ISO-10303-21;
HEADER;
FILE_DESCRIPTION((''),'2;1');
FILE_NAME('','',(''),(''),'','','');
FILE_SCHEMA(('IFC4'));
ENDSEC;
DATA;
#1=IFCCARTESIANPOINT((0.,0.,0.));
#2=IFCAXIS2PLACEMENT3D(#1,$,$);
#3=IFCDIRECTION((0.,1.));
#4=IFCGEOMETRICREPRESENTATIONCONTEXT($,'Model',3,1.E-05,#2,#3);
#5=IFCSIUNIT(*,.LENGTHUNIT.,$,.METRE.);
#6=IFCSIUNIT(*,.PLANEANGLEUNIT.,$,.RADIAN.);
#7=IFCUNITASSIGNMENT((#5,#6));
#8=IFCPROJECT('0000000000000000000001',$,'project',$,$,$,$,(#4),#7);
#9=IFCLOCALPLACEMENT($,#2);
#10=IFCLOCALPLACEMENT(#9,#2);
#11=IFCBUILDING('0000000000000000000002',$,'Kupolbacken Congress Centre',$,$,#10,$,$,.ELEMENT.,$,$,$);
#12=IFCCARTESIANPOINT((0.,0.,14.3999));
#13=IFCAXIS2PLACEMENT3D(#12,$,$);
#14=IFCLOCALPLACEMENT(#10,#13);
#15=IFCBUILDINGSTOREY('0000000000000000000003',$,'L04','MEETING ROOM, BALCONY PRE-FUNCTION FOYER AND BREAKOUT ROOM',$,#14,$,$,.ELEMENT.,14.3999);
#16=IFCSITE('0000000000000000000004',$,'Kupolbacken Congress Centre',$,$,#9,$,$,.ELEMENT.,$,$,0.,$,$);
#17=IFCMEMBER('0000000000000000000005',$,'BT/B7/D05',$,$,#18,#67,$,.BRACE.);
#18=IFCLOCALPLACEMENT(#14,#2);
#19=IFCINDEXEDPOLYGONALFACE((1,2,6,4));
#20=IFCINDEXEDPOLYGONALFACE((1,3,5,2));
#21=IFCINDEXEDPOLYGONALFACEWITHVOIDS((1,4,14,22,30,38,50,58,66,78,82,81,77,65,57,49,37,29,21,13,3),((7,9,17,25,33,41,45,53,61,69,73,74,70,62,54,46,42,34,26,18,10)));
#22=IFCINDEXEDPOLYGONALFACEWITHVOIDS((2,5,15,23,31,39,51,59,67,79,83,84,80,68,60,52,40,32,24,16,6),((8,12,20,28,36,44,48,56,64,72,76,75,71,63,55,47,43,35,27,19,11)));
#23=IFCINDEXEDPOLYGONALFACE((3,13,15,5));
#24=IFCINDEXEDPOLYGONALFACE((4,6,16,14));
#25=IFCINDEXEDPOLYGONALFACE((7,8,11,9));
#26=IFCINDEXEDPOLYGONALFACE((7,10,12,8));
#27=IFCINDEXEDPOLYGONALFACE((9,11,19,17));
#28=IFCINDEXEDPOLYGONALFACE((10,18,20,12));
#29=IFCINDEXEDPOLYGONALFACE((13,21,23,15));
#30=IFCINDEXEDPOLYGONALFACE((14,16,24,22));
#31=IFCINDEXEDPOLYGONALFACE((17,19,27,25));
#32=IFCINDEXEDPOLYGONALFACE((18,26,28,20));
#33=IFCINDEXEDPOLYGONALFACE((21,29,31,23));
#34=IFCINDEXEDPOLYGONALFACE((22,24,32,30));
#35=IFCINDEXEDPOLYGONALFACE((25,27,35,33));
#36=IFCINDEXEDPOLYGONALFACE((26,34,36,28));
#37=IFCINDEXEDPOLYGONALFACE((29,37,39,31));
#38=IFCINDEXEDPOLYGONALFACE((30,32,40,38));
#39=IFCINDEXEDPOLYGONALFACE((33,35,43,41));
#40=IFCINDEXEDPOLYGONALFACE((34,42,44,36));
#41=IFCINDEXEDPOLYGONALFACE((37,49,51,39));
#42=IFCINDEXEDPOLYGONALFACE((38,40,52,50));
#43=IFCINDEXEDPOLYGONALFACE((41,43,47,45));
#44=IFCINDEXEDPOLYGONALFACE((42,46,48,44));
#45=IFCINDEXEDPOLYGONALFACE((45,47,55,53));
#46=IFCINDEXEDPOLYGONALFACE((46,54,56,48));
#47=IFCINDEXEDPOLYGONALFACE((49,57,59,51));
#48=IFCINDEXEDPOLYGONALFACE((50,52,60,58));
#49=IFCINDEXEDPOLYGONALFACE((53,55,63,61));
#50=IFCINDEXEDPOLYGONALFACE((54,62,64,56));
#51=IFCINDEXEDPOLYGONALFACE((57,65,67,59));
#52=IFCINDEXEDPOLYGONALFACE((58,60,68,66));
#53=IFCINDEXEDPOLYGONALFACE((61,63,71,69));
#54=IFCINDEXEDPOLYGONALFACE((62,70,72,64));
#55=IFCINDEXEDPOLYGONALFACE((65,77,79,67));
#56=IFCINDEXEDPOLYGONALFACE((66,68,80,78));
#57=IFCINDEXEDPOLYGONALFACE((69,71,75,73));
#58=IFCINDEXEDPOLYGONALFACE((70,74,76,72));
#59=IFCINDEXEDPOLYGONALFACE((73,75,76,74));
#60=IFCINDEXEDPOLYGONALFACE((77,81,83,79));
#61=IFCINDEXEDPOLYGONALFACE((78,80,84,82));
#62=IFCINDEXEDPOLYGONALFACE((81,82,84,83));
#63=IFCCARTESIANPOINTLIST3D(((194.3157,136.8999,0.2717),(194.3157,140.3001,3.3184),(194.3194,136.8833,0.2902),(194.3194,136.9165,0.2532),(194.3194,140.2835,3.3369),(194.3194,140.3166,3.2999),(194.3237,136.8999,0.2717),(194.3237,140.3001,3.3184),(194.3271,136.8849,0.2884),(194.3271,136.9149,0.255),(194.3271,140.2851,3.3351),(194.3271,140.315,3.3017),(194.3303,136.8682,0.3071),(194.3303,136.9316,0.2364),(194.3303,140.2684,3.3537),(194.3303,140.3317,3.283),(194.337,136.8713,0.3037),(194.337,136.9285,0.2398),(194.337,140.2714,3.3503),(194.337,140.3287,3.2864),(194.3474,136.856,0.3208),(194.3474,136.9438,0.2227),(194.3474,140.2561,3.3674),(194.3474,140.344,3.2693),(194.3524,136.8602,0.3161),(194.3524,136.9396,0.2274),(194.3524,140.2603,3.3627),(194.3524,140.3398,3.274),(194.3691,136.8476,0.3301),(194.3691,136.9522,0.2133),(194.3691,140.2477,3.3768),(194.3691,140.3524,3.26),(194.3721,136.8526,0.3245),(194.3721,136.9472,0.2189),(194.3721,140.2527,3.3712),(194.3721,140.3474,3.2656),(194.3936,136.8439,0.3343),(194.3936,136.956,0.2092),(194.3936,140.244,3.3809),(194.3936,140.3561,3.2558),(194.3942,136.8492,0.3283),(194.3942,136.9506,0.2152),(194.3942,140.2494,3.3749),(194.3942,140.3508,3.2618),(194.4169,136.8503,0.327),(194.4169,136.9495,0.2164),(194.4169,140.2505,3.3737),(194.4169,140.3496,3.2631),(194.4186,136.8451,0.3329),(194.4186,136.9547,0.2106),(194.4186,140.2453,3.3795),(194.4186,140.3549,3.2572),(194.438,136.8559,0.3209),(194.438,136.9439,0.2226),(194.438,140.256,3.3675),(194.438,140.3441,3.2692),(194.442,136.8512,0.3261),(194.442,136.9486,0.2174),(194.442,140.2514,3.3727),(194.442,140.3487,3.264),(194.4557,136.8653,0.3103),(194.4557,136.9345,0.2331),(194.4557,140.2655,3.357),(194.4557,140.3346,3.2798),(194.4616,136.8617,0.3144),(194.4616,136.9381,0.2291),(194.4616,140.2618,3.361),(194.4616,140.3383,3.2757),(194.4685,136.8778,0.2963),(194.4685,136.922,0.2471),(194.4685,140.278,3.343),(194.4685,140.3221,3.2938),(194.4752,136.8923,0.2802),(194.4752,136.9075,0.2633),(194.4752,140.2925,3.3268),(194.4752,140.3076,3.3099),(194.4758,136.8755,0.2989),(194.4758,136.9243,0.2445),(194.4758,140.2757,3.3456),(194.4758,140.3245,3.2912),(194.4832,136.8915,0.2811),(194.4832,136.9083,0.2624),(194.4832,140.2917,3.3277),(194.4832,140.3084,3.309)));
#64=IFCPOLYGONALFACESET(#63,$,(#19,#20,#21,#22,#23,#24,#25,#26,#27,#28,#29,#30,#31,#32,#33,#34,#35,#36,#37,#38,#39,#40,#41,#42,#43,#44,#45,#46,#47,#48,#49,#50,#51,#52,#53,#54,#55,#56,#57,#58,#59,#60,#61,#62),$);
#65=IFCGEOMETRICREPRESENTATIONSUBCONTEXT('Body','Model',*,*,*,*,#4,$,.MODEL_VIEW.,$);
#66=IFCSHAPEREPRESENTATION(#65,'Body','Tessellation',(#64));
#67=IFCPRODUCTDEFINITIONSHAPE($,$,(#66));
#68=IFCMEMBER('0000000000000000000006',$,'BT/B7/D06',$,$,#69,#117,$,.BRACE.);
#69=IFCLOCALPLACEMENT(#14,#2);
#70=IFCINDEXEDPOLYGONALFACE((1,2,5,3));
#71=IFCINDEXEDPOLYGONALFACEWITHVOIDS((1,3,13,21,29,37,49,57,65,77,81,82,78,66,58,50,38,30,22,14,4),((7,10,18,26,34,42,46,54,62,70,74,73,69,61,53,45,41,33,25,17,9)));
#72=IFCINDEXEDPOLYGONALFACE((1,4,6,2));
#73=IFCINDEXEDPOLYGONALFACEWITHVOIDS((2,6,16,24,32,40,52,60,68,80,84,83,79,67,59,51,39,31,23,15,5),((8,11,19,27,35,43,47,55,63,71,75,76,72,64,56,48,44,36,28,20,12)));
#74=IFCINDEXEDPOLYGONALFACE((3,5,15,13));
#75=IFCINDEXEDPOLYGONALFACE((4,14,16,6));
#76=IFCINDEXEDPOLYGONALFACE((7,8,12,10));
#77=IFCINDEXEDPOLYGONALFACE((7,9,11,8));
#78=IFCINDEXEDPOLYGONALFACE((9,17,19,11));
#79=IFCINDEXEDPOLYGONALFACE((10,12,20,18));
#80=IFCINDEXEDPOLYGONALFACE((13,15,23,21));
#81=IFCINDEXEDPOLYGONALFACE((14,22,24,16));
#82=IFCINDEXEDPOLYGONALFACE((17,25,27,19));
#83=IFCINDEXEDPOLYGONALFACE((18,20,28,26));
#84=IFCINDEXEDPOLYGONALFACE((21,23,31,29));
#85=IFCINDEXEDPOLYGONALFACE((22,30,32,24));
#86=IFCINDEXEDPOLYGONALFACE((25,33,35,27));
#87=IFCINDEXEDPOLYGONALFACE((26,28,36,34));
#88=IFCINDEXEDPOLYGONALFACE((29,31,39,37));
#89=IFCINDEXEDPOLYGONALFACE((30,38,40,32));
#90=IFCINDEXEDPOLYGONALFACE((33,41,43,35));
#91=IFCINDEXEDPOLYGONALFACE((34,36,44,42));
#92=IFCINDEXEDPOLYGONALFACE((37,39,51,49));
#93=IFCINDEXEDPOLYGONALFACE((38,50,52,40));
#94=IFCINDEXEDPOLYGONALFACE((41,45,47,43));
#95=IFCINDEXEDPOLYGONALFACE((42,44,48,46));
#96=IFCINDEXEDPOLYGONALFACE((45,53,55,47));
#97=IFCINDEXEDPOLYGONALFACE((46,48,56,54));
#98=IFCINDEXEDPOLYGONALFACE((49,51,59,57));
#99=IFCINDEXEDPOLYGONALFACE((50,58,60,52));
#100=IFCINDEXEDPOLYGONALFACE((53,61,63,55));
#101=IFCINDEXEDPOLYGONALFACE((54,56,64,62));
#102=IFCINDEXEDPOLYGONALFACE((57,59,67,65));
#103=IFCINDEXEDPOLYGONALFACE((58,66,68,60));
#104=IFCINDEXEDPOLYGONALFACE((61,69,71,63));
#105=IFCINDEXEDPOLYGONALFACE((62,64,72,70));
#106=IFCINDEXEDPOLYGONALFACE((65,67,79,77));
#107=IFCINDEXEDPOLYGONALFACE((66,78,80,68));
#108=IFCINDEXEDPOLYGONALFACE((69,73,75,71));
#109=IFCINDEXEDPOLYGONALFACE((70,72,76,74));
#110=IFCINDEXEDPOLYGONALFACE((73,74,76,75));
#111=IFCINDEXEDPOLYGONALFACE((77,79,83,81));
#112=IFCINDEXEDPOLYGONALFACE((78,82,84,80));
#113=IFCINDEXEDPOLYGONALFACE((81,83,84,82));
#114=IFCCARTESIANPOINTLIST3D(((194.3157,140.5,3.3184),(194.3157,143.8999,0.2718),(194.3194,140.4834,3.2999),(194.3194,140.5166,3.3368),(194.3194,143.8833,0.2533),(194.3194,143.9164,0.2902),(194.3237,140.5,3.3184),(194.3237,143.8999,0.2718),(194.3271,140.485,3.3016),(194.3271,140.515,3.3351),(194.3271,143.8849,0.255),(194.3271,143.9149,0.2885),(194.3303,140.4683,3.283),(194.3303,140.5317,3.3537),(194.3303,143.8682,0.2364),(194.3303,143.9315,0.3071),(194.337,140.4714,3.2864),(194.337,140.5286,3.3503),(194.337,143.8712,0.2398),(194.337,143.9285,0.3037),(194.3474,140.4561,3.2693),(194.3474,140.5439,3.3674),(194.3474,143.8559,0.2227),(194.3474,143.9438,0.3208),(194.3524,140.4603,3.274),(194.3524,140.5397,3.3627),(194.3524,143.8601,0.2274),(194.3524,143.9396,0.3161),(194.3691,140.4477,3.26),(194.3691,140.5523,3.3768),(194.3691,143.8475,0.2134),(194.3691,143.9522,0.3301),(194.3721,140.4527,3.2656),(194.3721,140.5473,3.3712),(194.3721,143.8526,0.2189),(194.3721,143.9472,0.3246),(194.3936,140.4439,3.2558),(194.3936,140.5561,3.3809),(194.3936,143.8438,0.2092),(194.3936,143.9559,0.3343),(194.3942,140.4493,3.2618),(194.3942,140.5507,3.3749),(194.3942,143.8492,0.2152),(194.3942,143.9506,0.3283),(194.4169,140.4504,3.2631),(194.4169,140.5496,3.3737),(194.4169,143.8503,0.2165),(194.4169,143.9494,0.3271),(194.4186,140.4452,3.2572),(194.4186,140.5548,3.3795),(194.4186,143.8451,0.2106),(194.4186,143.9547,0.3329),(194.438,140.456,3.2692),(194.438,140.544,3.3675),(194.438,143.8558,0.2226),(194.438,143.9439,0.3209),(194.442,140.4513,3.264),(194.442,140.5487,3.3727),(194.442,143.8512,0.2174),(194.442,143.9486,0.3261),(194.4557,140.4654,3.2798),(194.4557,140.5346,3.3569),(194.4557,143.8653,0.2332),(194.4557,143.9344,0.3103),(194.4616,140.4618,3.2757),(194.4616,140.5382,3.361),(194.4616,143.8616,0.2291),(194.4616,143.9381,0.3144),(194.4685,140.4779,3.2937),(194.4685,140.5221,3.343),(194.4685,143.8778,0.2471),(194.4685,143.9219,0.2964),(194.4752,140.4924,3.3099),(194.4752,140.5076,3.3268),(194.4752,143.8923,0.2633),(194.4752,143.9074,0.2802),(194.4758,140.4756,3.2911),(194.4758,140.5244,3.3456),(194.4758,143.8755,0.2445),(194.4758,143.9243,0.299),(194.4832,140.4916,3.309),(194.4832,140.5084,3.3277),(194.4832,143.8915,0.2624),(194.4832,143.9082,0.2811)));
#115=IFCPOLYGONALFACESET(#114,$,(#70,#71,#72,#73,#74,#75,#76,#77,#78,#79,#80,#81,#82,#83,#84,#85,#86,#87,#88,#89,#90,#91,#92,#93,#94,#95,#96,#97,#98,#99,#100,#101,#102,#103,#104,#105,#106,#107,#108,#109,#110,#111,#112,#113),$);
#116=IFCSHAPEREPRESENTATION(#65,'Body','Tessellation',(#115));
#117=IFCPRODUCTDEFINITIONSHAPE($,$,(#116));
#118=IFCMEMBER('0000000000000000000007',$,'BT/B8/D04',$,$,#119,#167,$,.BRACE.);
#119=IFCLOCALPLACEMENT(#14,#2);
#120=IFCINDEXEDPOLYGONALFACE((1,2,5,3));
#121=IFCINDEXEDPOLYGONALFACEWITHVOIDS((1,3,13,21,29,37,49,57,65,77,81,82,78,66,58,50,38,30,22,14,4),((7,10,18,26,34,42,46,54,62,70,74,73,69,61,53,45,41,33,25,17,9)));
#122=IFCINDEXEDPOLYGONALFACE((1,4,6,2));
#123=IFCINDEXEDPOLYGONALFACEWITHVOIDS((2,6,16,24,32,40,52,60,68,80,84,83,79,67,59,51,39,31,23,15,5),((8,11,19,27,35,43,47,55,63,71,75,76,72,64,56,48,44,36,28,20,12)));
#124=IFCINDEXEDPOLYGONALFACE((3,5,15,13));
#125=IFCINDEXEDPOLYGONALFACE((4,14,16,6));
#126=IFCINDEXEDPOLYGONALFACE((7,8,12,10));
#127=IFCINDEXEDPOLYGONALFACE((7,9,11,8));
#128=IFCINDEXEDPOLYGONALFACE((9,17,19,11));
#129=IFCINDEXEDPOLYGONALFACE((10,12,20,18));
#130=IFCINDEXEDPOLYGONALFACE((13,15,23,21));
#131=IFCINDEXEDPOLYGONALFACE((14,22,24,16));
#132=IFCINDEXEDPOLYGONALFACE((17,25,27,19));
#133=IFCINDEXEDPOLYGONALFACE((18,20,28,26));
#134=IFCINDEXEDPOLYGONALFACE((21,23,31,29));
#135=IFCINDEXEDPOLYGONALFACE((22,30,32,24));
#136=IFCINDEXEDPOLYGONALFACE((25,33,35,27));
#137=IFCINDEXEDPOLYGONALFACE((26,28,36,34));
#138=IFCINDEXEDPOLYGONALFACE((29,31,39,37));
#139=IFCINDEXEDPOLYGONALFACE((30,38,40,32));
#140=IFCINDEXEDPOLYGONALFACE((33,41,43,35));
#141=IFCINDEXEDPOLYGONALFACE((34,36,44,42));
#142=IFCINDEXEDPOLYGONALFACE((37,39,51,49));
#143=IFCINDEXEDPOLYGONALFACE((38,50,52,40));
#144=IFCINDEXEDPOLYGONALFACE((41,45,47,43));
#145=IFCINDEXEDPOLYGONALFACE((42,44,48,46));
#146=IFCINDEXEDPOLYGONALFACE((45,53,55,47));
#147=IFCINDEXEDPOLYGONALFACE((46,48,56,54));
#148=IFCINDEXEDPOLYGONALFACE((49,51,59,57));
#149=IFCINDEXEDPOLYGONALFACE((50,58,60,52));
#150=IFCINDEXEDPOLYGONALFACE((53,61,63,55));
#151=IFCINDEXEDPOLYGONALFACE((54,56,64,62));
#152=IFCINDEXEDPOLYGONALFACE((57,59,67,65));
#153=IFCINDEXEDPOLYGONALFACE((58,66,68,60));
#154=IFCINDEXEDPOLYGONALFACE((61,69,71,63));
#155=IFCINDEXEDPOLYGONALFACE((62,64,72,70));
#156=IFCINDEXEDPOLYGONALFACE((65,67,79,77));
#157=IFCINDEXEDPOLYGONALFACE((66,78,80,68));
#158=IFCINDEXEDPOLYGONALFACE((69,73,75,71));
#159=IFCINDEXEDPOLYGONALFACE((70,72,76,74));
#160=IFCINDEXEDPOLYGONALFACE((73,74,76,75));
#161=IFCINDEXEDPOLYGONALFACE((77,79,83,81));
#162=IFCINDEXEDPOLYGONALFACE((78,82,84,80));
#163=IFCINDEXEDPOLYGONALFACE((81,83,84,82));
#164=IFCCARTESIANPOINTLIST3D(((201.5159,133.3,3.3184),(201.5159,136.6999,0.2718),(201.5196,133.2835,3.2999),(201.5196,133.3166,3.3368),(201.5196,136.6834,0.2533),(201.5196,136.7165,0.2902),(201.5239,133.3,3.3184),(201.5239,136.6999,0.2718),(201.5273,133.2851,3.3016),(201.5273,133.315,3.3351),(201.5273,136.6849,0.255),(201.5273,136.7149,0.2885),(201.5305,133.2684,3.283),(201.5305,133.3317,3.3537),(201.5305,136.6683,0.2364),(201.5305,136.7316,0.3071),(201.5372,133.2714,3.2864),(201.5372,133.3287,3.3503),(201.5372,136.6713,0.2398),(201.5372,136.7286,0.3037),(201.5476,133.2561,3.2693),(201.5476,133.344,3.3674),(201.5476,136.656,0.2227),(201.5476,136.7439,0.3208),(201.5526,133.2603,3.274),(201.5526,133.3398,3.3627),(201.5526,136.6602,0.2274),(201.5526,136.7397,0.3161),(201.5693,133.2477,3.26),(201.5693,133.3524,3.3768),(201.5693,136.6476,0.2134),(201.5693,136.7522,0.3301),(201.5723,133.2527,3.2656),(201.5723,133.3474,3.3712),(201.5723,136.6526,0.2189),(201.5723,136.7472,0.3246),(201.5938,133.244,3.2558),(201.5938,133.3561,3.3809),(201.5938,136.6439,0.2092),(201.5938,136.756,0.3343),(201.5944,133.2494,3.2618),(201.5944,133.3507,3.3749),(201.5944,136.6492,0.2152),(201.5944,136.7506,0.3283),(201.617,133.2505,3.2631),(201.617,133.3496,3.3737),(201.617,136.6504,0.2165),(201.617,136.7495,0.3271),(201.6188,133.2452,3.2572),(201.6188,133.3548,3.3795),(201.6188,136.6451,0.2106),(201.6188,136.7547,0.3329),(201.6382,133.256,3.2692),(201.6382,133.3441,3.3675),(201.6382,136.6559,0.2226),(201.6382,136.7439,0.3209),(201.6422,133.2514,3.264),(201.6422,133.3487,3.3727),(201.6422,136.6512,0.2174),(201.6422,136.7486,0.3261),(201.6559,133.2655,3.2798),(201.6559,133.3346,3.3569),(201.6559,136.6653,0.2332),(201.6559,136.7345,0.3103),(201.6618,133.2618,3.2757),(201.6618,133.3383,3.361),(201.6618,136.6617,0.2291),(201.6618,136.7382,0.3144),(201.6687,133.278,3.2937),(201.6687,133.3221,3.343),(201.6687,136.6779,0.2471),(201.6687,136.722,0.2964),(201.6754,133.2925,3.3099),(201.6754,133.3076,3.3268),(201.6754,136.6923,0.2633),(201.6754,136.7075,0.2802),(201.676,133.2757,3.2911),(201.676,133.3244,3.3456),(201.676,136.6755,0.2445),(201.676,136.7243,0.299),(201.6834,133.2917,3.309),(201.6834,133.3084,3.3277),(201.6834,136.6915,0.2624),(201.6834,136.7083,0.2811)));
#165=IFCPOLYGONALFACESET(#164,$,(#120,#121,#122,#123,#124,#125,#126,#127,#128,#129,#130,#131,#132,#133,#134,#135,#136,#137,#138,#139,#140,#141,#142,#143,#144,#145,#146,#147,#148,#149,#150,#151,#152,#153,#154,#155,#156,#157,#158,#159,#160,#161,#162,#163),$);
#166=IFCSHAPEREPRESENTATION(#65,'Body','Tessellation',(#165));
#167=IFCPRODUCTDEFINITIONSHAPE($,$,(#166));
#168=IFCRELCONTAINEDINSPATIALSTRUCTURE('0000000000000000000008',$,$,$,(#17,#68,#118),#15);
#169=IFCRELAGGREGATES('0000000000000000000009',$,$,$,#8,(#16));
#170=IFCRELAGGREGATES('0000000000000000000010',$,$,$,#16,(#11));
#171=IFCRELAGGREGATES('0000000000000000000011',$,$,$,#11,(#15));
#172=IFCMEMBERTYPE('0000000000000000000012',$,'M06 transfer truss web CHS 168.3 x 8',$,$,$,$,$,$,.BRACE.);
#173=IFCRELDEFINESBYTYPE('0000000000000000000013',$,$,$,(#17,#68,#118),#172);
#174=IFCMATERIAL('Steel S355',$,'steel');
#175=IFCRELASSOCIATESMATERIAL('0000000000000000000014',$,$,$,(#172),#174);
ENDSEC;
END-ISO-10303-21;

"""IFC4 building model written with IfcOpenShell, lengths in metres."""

from ifc_helpers import new_model, si_unit, direction, frame, origin, origin_2d, place, context, subcontext, project, spatial, hollow_circle, extrude, material, material_profile, profile_set, type_object, element, save


model = new_model("IFC4")

# Units and contexts
model_context = context("Model", 3, precision=1e-05, world=origin(), true_north=direction((0.0, 1.0)))
body_context = subcontext(model_context, "Body", "Model", "MODEL_VIEW")
ifc_project = project(units=[si_unit("LENGTHUNIT", "METRE"), si_unit("PLANEANGLEUNIT", "RADIAN")], contexts=[model_context])

# Site, building, storey
site_placement = place(None, origin())
site = spatial("IfcSite", under=ifc_project, at=site_placement, Name="Kupolbacken Congress Centre", CompositionType="ELEMENT", RefElevation=0.0)
building_placement = place(site_placement, origin())
building = spatial("IfcBuilding", under=site, at=building_placement, Name="Kupolbacken Congress Centre", CompositionType="ELEMENT")
storey_placement = place(building_placement, frame((0.0, 0.0, 14.3999)))
storey = spatial("IfcBuildingStorey", under=building, at=storey_placement, Name="L04", Description="MEETING ROOM, BALCONY PRE-FUNCTION FOYER AND BREAKOUT ROOM", CompositionType="ELEMENT", Elevation=14.3999)

# Members
ifc_material_1 = material(Name="Steel S355", Category="steel")
ifc_material_profile_1 = material_profile(ifc_material_1, hollow_circle(Radius=0.0842, WallThickness=0.0081, at=origin_2d()), Name="CHS 168.3 x 8")
ifc_profile_set_1 = profile_set([ifc_material_profile_1], Name="Steel S355")
member_type_1 = type_object("IfcMemberType", Name="M06 transfer truss web CHS 168.3 x 8", PredefinedType="BRACE", material=ifc_profile_set_1)
member_1_placement = place(storey_placement, frame((194.3999, 136.8999, 0.2717), z_axis=(0.0, 0.744763, 0.667329), x_axis=(-1.0, 0.0, 0.0)))
element("IfcMember", 1, at=member_1_placement, inside=storey, type_object=member_type_1, Name="BT/B7/D05", PredefinedType="BRACE", context=body_context, shape_type="SweptSolid", body=[
    extrude(hollow_circle(Radius=0.0842, WallThickness=0.0081, at=origin_2d()), origin(), (0.0, 0.0, 1.0), 4.5654),
])
for number, where, z_axis, x_axis, name in (
    (2, (194.3999, 140.5, 3.3184), (0.0, 0.744739, -0.667356), (-1.0, 0.0, 0.0), "BT/B7/D06"),
    (3, (201.6001, 133.3, 3.3184), (0.0, 0.744739, -0.667356), (-1.0, 0.0, 0.0), "BT/B8/D04"),
):
    element("IfcMember", number, at=place(storey_placement, frame(where, z_axis=z_axis, x_axis=x_axis)), inside=storey, type_object=member_type_1, Name=name, PredefinedType="BRACE", context=body_context, shape_type="SweptSolid", body=[
        extrude(hollow_circle(Radius=0.0842, WallThickness=0.0081, at=origin_2d()), origin(), (0.0, 0.0, 1.0), 4.5652),
    ])

save(model, "model.ifc")
